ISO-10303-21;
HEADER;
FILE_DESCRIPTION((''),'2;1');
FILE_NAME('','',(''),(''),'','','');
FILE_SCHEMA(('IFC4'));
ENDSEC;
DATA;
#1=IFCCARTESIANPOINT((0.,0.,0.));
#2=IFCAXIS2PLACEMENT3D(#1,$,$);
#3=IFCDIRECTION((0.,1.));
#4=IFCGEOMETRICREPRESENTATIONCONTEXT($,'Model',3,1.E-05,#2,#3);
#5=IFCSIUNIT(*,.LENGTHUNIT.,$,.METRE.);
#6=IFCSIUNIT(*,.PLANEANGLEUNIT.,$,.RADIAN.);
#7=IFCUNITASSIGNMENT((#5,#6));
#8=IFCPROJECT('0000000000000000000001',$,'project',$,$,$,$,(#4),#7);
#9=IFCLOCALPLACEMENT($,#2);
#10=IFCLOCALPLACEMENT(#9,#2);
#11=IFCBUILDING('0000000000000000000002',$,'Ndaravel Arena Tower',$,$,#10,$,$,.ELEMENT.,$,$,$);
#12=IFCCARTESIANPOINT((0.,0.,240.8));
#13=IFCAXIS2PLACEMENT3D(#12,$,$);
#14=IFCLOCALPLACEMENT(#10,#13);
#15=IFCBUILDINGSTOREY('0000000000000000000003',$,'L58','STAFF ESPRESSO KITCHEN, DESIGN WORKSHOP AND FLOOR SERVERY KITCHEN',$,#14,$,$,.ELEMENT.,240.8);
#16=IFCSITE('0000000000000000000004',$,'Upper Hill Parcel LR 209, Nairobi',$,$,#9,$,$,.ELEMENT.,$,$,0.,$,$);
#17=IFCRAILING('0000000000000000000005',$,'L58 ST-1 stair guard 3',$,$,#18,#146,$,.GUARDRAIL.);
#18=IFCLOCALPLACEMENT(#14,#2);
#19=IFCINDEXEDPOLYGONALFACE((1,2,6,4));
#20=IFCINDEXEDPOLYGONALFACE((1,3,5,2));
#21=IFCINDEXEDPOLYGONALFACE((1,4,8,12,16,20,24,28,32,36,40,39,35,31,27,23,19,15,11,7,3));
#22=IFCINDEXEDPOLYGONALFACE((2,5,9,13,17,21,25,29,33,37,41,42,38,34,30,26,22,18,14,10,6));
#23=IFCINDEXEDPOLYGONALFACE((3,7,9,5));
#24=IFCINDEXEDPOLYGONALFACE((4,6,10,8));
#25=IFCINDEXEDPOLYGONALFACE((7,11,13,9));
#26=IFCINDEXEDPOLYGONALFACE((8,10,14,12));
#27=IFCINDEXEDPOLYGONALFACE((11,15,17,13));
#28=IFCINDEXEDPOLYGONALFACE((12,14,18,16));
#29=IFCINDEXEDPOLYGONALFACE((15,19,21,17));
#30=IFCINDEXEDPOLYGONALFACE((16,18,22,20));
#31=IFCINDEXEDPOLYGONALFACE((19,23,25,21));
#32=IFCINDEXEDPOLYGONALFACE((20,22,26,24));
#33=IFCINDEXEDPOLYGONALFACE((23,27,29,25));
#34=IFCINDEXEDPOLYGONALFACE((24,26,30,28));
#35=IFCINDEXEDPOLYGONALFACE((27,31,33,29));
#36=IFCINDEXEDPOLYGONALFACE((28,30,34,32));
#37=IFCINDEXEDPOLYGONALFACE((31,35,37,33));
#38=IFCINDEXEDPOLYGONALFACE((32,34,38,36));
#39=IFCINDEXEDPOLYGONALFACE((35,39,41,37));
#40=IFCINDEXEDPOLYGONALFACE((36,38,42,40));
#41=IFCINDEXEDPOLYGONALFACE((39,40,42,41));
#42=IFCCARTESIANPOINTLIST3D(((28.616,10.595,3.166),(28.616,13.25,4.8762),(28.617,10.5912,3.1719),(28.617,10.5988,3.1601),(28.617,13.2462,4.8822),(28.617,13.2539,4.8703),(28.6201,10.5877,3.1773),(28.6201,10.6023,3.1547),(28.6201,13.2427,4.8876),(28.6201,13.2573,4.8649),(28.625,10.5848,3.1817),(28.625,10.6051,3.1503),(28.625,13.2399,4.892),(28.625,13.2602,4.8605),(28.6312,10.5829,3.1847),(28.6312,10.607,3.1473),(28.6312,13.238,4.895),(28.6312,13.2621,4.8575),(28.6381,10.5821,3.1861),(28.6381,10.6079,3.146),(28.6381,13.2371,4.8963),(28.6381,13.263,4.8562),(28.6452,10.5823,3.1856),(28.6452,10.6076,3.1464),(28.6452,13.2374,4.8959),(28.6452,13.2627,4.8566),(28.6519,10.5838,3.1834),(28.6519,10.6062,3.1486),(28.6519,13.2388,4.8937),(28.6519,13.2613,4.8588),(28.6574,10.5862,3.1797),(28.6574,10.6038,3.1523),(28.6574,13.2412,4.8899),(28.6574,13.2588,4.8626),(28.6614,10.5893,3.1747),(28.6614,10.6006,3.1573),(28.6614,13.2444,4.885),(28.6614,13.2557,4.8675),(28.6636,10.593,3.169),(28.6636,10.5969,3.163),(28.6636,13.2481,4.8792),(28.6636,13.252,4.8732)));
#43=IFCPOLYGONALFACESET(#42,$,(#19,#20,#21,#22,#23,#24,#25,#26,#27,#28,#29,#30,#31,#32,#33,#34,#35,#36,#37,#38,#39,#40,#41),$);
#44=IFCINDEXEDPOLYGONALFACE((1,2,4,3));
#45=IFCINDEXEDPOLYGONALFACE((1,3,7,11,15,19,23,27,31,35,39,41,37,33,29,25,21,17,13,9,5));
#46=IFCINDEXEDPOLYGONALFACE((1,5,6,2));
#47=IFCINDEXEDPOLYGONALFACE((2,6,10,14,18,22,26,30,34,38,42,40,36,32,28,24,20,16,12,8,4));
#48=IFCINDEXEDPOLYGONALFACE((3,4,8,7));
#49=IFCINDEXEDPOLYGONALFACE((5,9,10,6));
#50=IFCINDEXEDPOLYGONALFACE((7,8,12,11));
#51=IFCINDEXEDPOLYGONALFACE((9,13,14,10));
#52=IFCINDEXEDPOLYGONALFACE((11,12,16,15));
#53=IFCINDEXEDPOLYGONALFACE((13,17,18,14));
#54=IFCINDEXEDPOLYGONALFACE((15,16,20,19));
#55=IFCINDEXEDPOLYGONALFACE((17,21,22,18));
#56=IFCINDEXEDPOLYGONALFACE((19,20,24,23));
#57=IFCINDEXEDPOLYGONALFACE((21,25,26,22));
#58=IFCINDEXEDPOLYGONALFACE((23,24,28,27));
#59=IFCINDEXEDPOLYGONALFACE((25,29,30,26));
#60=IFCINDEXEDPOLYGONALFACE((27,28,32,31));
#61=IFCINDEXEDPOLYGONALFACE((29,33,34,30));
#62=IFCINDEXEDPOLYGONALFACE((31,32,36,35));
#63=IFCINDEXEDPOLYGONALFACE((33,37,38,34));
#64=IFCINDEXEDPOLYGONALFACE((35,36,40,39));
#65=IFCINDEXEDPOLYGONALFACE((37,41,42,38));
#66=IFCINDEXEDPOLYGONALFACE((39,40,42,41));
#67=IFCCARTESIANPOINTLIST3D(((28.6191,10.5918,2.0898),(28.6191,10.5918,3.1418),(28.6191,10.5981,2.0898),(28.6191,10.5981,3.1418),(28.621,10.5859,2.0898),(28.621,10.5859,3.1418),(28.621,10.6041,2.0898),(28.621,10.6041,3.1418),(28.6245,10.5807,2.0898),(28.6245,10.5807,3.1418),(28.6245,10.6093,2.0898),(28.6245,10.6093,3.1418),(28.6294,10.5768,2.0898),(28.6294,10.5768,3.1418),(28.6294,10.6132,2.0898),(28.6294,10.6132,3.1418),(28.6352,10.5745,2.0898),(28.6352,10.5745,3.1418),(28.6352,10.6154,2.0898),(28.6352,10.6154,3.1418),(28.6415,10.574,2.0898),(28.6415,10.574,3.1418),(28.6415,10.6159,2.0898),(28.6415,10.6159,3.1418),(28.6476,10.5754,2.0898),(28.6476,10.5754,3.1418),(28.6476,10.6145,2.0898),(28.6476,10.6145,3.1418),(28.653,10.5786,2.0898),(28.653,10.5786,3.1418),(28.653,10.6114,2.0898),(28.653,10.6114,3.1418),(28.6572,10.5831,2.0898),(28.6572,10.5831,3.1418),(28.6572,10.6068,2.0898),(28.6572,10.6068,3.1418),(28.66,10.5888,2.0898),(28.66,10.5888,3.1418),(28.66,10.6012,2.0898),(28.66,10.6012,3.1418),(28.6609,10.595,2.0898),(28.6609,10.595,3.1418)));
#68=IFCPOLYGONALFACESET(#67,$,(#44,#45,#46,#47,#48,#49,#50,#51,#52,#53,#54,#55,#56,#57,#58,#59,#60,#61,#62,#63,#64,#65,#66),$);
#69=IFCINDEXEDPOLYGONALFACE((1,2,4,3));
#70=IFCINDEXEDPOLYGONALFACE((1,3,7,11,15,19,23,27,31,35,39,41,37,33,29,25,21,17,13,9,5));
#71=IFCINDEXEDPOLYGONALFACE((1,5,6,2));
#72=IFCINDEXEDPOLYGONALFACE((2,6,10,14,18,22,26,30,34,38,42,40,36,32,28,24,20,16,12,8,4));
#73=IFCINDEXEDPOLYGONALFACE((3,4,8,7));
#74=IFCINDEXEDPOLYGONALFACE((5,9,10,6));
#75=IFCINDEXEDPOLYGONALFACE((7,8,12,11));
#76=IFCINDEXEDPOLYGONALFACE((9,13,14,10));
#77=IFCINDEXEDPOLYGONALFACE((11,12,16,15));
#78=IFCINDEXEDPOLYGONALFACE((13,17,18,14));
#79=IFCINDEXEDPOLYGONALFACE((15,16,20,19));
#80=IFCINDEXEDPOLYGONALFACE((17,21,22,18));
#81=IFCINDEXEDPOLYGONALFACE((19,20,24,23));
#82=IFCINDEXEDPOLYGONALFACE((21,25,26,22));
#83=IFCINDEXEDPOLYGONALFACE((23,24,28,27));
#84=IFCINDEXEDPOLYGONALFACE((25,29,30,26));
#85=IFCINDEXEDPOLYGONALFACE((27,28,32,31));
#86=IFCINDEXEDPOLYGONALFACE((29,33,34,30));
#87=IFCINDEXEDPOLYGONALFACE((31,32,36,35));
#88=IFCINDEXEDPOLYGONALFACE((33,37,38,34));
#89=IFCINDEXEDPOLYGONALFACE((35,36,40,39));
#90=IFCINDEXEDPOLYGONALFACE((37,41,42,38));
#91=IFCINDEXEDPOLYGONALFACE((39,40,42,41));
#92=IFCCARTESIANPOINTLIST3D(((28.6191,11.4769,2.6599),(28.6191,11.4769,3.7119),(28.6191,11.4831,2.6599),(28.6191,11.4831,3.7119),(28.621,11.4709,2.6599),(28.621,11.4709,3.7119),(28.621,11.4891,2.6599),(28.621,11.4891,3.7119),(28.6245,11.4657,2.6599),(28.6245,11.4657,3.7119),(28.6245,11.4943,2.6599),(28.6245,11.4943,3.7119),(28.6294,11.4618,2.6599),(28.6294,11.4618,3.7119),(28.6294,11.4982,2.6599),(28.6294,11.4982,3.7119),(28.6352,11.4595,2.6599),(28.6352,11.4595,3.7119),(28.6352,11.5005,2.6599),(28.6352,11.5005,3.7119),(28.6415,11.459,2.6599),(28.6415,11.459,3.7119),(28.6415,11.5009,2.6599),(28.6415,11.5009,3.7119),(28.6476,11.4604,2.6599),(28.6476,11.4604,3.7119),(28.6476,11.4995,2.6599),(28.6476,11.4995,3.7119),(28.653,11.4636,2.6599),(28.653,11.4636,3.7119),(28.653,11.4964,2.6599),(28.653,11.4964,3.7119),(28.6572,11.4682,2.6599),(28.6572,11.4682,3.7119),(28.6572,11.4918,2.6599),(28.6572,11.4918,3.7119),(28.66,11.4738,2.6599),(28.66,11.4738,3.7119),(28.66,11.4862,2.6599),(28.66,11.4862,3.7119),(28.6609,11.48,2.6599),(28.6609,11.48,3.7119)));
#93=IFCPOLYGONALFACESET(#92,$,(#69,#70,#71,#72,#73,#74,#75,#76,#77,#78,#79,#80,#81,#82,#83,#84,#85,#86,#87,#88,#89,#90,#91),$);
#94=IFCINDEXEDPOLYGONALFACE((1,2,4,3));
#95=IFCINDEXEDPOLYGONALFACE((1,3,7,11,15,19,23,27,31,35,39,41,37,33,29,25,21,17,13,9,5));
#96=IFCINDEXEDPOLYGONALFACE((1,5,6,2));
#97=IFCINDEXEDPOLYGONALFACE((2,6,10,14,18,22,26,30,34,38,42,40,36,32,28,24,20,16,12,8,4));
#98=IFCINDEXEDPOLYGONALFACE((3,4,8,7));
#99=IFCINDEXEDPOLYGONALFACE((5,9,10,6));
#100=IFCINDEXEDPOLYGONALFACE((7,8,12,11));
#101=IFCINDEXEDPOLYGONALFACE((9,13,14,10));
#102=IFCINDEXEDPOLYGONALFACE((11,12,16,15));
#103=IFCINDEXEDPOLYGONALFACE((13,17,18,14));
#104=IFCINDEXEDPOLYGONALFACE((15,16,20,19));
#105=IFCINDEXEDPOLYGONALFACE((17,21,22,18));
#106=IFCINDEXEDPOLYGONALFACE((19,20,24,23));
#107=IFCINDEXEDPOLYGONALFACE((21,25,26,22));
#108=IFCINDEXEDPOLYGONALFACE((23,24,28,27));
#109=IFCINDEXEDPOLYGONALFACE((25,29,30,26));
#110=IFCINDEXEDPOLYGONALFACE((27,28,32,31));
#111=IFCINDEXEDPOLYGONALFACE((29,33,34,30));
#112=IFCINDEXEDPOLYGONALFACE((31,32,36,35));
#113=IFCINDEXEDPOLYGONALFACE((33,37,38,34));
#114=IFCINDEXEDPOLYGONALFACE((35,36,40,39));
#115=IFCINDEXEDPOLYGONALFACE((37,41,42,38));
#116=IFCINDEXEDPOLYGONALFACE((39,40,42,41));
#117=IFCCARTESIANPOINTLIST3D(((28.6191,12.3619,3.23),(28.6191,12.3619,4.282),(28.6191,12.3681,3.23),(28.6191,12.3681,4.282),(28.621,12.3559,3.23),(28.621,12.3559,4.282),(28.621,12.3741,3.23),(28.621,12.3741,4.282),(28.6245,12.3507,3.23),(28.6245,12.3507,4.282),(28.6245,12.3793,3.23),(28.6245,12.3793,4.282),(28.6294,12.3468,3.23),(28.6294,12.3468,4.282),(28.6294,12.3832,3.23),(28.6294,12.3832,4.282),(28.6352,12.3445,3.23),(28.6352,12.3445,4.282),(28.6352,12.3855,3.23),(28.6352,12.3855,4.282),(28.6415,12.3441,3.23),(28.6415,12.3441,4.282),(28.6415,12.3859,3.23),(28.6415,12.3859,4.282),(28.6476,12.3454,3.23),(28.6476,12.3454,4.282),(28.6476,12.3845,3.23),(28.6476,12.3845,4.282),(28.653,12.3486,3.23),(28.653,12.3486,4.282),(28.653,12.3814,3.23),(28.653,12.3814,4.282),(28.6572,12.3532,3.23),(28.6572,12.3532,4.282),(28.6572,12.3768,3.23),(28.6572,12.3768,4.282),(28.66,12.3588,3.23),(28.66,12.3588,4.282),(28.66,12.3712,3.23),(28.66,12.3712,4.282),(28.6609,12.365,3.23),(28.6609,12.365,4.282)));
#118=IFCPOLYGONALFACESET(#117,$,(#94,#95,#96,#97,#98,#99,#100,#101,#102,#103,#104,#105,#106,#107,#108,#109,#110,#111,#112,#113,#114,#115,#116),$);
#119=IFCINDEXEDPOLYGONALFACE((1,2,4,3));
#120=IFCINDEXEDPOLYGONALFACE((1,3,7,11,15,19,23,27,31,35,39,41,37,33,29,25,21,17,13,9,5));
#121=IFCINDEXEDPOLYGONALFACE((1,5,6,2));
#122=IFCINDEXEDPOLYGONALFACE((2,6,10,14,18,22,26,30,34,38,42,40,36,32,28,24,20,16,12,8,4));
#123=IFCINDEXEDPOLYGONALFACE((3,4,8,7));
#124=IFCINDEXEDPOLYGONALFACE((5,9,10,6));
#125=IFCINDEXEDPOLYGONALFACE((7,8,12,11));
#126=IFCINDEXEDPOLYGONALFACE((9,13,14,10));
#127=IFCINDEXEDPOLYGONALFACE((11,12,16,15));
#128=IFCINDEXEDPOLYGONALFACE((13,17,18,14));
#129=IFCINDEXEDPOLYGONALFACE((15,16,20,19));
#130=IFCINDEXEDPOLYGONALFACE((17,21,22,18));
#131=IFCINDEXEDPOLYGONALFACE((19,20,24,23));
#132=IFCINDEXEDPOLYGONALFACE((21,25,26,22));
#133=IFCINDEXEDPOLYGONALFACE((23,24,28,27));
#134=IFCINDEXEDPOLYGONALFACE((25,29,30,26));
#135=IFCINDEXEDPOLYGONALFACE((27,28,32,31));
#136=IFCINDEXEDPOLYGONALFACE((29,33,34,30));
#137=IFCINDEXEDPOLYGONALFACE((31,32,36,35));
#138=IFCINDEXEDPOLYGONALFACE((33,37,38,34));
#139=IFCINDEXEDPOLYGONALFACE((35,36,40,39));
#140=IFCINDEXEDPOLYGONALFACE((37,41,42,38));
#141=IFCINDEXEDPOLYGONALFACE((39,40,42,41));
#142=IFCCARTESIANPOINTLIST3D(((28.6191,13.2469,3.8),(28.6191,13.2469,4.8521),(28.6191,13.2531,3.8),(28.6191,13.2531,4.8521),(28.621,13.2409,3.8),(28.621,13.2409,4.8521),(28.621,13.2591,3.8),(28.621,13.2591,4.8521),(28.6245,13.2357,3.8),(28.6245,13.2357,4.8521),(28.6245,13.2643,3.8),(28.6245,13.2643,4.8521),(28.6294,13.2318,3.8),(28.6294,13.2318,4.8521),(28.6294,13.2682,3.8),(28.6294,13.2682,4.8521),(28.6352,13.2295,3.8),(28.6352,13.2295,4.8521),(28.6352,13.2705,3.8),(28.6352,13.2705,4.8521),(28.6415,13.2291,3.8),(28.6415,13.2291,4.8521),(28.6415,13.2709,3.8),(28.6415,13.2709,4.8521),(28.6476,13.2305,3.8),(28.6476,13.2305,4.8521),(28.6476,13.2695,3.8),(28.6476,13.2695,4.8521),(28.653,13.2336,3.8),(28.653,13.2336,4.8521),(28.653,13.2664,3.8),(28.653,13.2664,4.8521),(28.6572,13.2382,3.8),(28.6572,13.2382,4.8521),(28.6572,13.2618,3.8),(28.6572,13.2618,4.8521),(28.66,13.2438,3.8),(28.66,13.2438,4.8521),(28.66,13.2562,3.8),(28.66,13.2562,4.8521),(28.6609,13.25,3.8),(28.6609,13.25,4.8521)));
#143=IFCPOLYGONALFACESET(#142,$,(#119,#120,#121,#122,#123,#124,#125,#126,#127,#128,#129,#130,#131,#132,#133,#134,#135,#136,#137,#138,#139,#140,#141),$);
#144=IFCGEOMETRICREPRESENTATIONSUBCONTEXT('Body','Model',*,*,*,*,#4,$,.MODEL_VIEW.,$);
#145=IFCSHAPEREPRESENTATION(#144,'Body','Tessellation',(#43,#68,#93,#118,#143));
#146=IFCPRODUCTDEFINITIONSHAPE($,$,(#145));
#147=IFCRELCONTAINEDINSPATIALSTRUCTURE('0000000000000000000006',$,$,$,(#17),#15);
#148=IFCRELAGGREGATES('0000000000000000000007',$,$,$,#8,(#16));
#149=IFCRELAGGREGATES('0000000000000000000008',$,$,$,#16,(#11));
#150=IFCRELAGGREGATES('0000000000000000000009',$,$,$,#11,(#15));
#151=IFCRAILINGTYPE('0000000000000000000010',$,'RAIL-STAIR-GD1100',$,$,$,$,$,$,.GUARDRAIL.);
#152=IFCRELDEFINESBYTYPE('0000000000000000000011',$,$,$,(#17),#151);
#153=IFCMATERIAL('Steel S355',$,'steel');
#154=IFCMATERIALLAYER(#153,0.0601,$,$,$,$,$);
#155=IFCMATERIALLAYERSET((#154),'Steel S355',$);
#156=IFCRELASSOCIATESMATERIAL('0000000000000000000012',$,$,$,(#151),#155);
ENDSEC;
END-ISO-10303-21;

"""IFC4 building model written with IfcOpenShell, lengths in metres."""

from ifc_helpers import new_model, si_unit, direction, frame, origin, origin_2d, place, context, subcontext, project, spatial, circle, extrude, material, layer, layer_set, type_object, element, save


model = new_model("IFC4")

# Units and contexts
model_context = context("Model", 3, precision=1e-05, world=origin(), true_north=direction((0.0, 1.0)))
body_context = subcontext(model_context, "Body", "Model", "MODEL_VIEW")
ifc_project = project(units=[si_unit("LENGTHUNIT", "METRE"), si_unit("PLANEANGLEUNIT", "RADIAN")], contexts=[model_context])

# Site, building, storey
site_placement = place(None, origin())
site = spatial("IfcSite", under=ifc_project, at=site_placement, Name="Upper Hill Parcel LR 209, Nairobi", CompositionType="ELEMENT", RefElevation=0.0)
building_placement = place(site_placement, origin())
building = spatial("IfcBuilding", under=site, at=building_placement, Name="Ndaravel Arena Tower", CompositionType="ELEMENT")
storey_placement = place(building_placement, frame((0.0, 0.0, 240.8)))
storey = spatial("IfcBuildingStorey", under=building, at=storey_placement, Name="L58", Description="STAFF ESPRESSO KITCHEN, DESIGN WORKSHOP AND FLOOR SERVERY KITCHEN", CompositionType="ELEMENT", Elevation=240.8)

# Railing
ifc_material_1 = material(Name="Steel S355", Category="steel")
ifc_layer_1 = layer(ifc_material_1, 0.0601)
ifc_layer_set_1 = layer_set([ifc_layer_1], Name="Steel S355")
railing_type_1 = type_object("IfcRailingType", Name="RAIL-STAIR-GD1100", PredefinedType="GUARDRAIL", material=ifc_layer_set_1)
railing_1_placement = place(storey_placement, frame((28.6399, 10.595, 2.0898)))
element("IfcRailing", 1, at=railing_1_placement, inside=storey, type_object=railing_type_1, Name="L58 ST-1 stair guard 3", PredefinedType="GUARDRAIL", context=body_context, shape_type="SweptSolid", body=[
    extrude(circle(Radius=0.0239, at=origin_2d()), frame((0.0, 0.0, 1.0762), z_axis=(0.0, 0.840688, 0.541519), x_axis=(-1.0, 0.0, 0.0)), (0.0, 0.0, 1.0), 3.1582),
    extrude(circle(Radius=0.021, at=origin_2d()), origin(), (0.0, 0.0, 1.0), 1.052),
    extrude(circle(Radius=0.021, at=origin_2d()), frame((0.0, 0.885, 0.5701)), (0.0, 0.0, 1.0), 1.052),
    extrude(circle(Radius=0.021, at=origin_2d()), frame((0.0, 1.77, 1.1401)), (0.0, 0.0, 1.0), 1.052),
    extrude(circle(Radius=0.021, at=origin_2d()), frame((0.0, 2.655, 1.7102)), (0.0, 0.0, 1.0), 1.052),
])

save(model, "model.ifc")
